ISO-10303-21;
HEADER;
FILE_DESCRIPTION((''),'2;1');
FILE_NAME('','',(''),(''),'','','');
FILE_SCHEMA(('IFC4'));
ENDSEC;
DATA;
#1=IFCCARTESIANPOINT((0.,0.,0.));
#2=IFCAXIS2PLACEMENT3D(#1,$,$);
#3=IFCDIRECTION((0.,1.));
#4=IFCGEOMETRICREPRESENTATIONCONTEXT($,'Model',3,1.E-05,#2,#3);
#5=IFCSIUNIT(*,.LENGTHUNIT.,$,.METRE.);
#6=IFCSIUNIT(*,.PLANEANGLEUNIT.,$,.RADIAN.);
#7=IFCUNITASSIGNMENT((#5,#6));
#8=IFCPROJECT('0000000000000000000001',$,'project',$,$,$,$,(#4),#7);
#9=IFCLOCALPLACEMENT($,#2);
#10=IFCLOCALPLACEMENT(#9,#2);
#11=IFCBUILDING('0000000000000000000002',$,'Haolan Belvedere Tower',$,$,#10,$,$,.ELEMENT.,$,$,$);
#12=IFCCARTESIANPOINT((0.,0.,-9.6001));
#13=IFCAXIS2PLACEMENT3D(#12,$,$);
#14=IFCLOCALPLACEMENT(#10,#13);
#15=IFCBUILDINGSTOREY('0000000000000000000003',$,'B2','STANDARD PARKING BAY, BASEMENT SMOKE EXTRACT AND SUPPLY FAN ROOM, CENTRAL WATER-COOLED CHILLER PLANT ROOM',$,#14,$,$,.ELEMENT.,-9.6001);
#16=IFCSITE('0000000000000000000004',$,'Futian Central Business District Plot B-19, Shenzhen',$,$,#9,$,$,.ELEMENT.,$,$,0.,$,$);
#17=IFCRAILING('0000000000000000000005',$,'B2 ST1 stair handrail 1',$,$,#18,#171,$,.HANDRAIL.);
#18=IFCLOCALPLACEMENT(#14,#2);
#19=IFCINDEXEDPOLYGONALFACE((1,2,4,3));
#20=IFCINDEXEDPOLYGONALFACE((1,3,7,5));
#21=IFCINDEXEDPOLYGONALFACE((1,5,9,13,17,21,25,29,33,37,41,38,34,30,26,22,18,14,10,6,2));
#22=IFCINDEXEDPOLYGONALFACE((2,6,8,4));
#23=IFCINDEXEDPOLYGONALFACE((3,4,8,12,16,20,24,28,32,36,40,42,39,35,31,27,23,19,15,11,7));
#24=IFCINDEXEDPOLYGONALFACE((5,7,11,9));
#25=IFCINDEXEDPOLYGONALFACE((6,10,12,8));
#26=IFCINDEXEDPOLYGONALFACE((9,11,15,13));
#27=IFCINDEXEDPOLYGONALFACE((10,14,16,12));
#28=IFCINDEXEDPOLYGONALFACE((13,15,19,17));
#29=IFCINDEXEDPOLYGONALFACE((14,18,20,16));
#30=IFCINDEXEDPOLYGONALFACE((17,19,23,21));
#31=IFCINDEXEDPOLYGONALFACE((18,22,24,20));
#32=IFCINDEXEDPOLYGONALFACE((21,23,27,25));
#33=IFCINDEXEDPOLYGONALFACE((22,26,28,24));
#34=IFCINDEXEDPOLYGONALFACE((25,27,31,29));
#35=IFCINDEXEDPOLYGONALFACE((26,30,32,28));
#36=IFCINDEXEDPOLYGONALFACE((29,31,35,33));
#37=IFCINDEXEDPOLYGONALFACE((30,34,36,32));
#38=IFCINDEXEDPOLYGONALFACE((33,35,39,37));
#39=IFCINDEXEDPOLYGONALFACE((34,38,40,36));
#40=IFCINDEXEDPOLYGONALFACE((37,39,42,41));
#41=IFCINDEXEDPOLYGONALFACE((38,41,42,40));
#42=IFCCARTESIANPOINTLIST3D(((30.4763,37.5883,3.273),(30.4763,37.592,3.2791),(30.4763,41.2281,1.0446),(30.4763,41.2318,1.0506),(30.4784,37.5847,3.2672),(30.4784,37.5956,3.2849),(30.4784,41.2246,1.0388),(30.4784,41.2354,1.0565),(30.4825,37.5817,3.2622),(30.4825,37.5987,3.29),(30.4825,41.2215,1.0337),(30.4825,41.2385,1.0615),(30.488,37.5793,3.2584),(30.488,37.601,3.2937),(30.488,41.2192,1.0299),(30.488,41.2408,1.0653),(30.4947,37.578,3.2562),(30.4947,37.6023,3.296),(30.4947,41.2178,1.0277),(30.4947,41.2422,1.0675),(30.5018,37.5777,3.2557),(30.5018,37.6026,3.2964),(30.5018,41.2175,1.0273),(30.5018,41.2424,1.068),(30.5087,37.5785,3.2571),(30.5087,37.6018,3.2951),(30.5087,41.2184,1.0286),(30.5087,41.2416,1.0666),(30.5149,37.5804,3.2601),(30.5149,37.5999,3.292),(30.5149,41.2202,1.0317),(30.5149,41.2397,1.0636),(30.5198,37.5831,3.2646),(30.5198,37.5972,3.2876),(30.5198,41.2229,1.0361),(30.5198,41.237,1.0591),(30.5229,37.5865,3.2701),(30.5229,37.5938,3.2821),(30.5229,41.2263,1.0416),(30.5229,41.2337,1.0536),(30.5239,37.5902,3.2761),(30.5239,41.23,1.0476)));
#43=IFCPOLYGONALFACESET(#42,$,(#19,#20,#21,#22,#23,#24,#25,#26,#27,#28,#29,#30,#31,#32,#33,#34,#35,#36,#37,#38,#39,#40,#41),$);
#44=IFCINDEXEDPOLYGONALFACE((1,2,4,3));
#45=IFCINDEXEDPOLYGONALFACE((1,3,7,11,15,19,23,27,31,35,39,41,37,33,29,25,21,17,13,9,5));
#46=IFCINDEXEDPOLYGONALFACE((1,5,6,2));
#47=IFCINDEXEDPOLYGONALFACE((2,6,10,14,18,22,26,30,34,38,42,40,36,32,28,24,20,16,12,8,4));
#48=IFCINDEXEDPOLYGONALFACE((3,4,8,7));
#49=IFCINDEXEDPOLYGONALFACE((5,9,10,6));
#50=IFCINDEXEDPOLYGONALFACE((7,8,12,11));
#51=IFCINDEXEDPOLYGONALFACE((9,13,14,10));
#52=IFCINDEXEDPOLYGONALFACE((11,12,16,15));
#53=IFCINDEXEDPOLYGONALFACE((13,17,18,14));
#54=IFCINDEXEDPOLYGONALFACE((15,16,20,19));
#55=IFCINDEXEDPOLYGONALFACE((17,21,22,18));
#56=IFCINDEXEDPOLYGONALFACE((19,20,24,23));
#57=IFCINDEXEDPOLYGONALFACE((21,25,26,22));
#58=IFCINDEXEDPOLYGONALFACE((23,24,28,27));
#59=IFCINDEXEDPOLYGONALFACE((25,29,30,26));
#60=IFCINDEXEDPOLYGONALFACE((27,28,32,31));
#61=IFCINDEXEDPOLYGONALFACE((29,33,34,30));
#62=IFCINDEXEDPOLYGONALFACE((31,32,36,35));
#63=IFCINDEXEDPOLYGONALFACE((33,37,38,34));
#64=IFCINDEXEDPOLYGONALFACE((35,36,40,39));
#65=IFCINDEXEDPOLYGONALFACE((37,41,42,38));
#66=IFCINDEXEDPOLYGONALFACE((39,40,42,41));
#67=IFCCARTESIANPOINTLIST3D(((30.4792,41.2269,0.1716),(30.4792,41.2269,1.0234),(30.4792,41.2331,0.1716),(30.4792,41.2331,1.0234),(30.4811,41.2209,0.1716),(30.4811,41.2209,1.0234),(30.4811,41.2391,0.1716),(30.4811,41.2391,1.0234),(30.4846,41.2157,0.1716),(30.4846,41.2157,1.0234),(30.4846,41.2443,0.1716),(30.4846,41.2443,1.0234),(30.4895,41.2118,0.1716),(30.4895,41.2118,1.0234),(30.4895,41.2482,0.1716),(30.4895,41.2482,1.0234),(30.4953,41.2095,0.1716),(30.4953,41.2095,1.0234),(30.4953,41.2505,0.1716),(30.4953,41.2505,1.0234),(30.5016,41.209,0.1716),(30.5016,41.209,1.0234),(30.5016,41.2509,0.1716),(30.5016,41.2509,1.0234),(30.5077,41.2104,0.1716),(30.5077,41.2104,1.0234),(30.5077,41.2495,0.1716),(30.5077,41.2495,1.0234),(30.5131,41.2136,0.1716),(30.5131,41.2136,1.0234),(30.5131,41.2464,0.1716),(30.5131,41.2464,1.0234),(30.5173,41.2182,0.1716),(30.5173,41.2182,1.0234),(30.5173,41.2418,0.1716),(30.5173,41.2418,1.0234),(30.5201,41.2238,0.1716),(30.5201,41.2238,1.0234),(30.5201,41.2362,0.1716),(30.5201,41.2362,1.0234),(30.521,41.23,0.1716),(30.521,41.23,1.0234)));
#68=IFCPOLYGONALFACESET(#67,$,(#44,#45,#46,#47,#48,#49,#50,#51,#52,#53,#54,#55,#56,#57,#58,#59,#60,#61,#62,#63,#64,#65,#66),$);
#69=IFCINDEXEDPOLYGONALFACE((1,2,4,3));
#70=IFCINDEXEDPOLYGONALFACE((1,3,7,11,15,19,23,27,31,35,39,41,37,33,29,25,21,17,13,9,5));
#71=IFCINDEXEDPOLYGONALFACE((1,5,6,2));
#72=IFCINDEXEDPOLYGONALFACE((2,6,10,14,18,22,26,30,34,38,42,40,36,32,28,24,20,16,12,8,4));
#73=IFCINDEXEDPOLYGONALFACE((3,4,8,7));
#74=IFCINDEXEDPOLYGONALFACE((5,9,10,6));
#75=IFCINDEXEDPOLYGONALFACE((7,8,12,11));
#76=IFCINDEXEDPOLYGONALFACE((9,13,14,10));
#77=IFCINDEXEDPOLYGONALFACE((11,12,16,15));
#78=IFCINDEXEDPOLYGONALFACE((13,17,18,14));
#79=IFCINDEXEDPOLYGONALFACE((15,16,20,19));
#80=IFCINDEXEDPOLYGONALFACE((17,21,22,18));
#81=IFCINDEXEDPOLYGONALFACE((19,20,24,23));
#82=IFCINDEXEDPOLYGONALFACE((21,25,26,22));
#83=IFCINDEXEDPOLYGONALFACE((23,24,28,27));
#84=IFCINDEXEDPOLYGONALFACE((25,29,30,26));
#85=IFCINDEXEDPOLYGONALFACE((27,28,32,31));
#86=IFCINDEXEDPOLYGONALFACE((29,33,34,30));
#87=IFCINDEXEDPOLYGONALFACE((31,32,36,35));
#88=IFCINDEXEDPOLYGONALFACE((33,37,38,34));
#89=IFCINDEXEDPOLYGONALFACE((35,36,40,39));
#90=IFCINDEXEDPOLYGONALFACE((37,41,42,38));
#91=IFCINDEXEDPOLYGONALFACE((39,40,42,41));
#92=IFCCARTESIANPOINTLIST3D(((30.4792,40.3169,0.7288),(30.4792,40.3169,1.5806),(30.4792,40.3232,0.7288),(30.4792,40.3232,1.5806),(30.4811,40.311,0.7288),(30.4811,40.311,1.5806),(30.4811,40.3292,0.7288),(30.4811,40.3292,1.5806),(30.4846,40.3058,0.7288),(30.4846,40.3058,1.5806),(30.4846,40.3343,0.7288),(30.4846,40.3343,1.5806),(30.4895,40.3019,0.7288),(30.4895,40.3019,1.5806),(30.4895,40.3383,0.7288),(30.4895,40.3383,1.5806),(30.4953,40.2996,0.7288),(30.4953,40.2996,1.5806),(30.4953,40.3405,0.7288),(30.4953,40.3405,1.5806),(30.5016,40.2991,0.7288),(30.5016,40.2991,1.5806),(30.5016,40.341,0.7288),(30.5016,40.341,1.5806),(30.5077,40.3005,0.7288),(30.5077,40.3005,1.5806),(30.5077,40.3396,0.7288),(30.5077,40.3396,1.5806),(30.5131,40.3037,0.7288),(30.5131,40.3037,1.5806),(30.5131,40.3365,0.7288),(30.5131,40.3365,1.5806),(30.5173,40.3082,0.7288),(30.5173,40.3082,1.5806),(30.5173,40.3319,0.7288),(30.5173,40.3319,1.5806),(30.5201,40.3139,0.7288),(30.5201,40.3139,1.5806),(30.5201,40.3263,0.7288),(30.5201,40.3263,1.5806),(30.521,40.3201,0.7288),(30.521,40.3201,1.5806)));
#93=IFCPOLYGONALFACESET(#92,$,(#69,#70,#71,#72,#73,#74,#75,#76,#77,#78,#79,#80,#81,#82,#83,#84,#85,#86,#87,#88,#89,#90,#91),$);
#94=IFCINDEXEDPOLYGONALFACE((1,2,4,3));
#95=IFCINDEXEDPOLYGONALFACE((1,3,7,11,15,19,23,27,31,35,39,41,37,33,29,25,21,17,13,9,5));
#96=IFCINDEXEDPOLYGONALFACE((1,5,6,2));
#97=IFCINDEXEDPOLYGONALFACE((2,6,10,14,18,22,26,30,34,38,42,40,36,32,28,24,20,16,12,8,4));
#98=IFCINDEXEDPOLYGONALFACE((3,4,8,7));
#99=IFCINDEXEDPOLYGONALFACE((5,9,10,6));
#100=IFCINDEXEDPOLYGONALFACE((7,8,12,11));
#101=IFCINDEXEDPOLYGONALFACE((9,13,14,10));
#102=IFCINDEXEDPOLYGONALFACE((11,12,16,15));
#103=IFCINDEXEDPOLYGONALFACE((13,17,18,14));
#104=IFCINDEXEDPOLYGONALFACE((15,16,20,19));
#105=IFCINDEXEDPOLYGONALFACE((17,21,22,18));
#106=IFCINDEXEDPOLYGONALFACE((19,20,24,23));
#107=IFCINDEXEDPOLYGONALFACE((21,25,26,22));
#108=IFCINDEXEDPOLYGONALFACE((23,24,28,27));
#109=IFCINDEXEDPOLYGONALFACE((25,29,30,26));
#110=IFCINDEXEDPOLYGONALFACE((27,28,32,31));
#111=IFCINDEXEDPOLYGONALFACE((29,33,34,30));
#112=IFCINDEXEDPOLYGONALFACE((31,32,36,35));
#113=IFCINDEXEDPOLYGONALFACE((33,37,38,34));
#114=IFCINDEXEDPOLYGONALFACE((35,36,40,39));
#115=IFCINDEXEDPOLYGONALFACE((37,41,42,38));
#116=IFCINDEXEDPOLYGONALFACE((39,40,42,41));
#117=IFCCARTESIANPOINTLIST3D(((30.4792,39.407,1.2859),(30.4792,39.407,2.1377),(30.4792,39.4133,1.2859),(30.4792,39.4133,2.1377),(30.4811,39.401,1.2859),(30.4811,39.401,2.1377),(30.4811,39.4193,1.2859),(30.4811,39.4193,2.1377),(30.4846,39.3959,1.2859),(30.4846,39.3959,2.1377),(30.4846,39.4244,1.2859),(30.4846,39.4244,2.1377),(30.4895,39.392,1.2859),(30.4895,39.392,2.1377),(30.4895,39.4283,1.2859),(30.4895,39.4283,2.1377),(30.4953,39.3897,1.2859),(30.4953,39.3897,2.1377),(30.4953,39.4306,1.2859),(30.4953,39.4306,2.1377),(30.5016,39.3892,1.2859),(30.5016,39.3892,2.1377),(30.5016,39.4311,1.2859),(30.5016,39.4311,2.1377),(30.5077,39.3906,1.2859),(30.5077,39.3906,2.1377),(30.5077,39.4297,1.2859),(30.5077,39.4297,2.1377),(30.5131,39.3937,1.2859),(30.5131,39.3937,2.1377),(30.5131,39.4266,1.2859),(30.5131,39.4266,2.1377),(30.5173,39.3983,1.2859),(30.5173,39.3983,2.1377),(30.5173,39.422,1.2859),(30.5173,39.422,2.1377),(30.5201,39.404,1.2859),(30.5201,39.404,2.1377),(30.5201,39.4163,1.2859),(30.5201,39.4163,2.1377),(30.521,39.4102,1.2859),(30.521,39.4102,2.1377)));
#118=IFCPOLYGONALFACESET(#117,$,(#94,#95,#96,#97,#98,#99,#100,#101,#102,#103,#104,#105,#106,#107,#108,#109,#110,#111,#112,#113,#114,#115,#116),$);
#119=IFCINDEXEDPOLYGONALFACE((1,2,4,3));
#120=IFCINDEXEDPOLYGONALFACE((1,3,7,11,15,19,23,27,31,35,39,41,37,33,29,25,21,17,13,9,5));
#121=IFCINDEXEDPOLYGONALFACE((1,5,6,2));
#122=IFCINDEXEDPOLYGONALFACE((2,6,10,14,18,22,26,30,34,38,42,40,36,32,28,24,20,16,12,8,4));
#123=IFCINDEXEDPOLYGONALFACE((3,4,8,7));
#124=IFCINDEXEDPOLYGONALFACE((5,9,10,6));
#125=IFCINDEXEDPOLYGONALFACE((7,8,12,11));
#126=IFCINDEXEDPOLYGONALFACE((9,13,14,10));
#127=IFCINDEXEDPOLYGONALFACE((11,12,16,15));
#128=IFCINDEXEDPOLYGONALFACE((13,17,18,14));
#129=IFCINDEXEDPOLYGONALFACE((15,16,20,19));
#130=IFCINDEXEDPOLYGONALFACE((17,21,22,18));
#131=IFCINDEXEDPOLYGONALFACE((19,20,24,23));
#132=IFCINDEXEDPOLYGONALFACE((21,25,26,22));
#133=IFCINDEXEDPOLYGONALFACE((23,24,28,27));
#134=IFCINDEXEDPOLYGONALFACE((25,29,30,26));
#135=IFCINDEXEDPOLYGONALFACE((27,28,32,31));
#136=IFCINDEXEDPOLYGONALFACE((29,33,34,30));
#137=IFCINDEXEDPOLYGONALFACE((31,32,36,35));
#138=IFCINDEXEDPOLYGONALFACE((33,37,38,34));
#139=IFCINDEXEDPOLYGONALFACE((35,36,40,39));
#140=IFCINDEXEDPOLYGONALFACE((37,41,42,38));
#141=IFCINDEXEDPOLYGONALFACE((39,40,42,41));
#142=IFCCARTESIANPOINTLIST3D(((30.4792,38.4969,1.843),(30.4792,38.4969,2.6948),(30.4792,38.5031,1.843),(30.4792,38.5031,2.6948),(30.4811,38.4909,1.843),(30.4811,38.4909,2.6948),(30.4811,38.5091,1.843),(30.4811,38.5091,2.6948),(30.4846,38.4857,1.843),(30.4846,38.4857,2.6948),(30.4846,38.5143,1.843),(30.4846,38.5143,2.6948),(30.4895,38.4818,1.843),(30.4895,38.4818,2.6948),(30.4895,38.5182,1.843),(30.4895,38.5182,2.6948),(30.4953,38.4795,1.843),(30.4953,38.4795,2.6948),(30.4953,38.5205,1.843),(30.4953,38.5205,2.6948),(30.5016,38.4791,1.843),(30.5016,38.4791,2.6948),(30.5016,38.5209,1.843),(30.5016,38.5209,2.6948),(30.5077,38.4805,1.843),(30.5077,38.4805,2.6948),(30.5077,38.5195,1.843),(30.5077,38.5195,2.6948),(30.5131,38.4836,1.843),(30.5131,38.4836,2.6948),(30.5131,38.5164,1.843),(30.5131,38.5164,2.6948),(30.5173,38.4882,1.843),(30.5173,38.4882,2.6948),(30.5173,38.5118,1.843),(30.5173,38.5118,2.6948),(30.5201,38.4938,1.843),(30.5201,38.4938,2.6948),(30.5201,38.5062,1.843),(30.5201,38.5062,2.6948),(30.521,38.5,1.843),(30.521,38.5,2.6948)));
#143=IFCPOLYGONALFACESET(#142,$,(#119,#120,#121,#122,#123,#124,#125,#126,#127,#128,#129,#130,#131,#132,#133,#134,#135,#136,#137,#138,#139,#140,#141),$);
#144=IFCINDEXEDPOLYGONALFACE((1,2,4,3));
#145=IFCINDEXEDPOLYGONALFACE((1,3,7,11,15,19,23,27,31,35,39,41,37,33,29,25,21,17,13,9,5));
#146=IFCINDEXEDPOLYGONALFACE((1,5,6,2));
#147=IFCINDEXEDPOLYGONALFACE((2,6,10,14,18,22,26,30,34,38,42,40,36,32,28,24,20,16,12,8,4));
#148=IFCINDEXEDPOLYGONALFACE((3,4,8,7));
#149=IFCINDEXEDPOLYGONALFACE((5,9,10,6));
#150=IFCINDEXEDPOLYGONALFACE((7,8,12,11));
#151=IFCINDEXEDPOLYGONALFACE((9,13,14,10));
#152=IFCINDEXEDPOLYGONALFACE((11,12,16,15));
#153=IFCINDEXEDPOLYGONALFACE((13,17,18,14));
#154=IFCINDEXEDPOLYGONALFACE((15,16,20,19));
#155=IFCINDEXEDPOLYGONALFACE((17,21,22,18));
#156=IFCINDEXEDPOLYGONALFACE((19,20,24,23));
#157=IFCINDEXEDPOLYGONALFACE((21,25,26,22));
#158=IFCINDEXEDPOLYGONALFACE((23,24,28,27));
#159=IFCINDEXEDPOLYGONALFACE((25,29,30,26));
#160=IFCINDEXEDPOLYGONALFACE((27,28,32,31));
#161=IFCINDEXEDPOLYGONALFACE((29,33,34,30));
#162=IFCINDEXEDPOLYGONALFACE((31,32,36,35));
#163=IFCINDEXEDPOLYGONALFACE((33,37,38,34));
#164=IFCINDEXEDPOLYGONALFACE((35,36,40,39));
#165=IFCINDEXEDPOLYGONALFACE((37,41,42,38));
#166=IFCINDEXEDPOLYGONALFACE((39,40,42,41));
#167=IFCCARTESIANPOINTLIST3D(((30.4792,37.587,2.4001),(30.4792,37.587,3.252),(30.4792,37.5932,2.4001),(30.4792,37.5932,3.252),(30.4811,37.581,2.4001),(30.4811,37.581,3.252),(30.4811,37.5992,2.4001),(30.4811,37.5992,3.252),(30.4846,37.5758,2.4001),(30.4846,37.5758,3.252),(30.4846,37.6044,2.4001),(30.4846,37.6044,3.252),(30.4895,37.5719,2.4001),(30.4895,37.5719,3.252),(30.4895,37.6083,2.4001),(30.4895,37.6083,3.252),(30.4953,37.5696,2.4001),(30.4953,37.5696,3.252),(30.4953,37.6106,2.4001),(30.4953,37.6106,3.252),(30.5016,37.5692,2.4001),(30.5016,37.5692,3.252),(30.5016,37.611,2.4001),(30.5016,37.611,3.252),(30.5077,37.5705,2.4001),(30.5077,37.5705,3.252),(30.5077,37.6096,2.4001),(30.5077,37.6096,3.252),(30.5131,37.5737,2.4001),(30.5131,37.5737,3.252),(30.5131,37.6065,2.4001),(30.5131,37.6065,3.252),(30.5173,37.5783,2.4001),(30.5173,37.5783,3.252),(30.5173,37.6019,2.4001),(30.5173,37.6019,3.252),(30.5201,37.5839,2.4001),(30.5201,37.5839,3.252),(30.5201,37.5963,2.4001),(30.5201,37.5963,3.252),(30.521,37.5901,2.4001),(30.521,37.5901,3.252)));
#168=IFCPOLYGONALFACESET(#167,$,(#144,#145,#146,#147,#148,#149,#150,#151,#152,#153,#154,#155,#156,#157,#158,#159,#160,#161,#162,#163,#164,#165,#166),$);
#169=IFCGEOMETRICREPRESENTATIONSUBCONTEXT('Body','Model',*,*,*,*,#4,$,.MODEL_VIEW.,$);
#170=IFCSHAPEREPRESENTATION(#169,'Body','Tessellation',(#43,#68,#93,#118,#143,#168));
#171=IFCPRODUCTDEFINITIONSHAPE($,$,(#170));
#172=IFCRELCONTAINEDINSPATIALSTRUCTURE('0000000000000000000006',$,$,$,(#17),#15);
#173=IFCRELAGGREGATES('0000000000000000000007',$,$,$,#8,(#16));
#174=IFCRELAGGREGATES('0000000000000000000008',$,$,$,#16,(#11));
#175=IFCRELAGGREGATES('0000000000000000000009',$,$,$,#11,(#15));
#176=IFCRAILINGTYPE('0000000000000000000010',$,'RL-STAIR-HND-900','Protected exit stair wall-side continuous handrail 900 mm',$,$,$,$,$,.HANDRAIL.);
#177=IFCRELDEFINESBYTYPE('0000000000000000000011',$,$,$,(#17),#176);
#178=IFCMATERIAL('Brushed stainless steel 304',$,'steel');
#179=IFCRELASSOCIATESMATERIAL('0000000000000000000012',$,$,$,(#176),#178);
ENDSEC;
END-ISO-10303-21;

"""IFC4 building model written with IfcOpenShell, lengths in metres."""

from ifc_helpers import new_model, si_unit, direction, frame, origin, origin_2d, place, context, subcontext, project, spatial, circle, extrude, material, type_object, element, save


model = new_model("IFC4")

# Units and contexts
model_context = context("Model", 3, precision=1e-05, world=origin(), true_north=direction((0.0, 1.0)))
body_context = subcontext(model_context, "Body", "Model", "MODEL_VIEW")
ifc_project = project(units=[si_unit("LENGTHUNIT", "METRE"), si_unit("PLANEANGLEUNIT", "RADIAN")], contexts=[model_context])

# Site, building, storey
site_placement = place(None, origin())
site = spatial("IfcSite", under=ifc_project, at=site_placement, Name="Futian Central Business District Plot B-19, Shenzhen", CompositionType="ELEMENT", RefElevation=0.0)
building_placement = place(site_placement, origin())
building = spatial("IfcBuilding", under=site, at=building_placement, Name="Haolan Belvedere Tower", CompositionType="ELEMENT")
storey_placement = place(building_placement, frame((0.0, 0.0, -9.6001)))
storey = spatial("IfcBuildingStorey", under=building, at=storey_placement, Name="B2", Description="STANDARD PARKING BAY, BASEMENT SMOKE EXTRACT AND SUPPLY FAN ROOM, CENTRAL WATER-COOLED CHILLER PLANT ROOM", CompositionType="ELEMENT", Elevation=-9.6001)

# Railing
ifc_material_1 = material(Name="Brushed stainless steel 304", Category="steel")
railing_type_1 = type_object("IfcRailingType", Name="RL-STAIR-HND-900", Description="Protected exit stair wall-side continuous handrail 900 mm", PredefinedType="HANDRAIL", material=ifc_material_1)
railing_1_placement = place(storey_placement, frame((30.5, 41.23, 0.1716)))
element("IfcRailing", 1, at=railing_1_placement, inside=storey, type_object=railing_type_1, Name="B2 ST1 stair handrail 1", PredefinedType="HANDRAIL", context=body_context, shape_type="SweptSolid", body=[
    extrude(circle(Radius=0.0239, at=origin_2d()), frame((0.0, 0.0, 0.876), z_axis=(0.0, -0.85285, 0.522156), x_axis=(1.0, 0.0, 0.0)), (0.0, 0.0, 1.0), 4.2678),
    extrude(circle(Radius=0.021, at=origin_2d()), origin(), (0.0, 0.0, 1.0), 0.8518),
    extrude(circle(Radius=0.021, at=origin_2d()), frame((0.0, -0.9099, 0.5571)), (0.0, 0.0, 1.0), 0.8518),
    extrude(circle(Radius=0.021, at=origin_2d()), frame((0.0, -1.8198, 1.1143)), (0.0, 0.0, 1.0), 0.8518),
    extrude(circle(Radius=0.021, at=origin_2d()), frame((0.0, -2.73, 1.6714)), (0.0, 0.0, 1.0), 0.8518),
    extrude(circle(Radius=0.021, at=origin_2d()), frame((0.0, -3.6399, 2.2285)), (0.0, 0.0, 1.0), 0.8518),
])

save(model, "model.ifc")
